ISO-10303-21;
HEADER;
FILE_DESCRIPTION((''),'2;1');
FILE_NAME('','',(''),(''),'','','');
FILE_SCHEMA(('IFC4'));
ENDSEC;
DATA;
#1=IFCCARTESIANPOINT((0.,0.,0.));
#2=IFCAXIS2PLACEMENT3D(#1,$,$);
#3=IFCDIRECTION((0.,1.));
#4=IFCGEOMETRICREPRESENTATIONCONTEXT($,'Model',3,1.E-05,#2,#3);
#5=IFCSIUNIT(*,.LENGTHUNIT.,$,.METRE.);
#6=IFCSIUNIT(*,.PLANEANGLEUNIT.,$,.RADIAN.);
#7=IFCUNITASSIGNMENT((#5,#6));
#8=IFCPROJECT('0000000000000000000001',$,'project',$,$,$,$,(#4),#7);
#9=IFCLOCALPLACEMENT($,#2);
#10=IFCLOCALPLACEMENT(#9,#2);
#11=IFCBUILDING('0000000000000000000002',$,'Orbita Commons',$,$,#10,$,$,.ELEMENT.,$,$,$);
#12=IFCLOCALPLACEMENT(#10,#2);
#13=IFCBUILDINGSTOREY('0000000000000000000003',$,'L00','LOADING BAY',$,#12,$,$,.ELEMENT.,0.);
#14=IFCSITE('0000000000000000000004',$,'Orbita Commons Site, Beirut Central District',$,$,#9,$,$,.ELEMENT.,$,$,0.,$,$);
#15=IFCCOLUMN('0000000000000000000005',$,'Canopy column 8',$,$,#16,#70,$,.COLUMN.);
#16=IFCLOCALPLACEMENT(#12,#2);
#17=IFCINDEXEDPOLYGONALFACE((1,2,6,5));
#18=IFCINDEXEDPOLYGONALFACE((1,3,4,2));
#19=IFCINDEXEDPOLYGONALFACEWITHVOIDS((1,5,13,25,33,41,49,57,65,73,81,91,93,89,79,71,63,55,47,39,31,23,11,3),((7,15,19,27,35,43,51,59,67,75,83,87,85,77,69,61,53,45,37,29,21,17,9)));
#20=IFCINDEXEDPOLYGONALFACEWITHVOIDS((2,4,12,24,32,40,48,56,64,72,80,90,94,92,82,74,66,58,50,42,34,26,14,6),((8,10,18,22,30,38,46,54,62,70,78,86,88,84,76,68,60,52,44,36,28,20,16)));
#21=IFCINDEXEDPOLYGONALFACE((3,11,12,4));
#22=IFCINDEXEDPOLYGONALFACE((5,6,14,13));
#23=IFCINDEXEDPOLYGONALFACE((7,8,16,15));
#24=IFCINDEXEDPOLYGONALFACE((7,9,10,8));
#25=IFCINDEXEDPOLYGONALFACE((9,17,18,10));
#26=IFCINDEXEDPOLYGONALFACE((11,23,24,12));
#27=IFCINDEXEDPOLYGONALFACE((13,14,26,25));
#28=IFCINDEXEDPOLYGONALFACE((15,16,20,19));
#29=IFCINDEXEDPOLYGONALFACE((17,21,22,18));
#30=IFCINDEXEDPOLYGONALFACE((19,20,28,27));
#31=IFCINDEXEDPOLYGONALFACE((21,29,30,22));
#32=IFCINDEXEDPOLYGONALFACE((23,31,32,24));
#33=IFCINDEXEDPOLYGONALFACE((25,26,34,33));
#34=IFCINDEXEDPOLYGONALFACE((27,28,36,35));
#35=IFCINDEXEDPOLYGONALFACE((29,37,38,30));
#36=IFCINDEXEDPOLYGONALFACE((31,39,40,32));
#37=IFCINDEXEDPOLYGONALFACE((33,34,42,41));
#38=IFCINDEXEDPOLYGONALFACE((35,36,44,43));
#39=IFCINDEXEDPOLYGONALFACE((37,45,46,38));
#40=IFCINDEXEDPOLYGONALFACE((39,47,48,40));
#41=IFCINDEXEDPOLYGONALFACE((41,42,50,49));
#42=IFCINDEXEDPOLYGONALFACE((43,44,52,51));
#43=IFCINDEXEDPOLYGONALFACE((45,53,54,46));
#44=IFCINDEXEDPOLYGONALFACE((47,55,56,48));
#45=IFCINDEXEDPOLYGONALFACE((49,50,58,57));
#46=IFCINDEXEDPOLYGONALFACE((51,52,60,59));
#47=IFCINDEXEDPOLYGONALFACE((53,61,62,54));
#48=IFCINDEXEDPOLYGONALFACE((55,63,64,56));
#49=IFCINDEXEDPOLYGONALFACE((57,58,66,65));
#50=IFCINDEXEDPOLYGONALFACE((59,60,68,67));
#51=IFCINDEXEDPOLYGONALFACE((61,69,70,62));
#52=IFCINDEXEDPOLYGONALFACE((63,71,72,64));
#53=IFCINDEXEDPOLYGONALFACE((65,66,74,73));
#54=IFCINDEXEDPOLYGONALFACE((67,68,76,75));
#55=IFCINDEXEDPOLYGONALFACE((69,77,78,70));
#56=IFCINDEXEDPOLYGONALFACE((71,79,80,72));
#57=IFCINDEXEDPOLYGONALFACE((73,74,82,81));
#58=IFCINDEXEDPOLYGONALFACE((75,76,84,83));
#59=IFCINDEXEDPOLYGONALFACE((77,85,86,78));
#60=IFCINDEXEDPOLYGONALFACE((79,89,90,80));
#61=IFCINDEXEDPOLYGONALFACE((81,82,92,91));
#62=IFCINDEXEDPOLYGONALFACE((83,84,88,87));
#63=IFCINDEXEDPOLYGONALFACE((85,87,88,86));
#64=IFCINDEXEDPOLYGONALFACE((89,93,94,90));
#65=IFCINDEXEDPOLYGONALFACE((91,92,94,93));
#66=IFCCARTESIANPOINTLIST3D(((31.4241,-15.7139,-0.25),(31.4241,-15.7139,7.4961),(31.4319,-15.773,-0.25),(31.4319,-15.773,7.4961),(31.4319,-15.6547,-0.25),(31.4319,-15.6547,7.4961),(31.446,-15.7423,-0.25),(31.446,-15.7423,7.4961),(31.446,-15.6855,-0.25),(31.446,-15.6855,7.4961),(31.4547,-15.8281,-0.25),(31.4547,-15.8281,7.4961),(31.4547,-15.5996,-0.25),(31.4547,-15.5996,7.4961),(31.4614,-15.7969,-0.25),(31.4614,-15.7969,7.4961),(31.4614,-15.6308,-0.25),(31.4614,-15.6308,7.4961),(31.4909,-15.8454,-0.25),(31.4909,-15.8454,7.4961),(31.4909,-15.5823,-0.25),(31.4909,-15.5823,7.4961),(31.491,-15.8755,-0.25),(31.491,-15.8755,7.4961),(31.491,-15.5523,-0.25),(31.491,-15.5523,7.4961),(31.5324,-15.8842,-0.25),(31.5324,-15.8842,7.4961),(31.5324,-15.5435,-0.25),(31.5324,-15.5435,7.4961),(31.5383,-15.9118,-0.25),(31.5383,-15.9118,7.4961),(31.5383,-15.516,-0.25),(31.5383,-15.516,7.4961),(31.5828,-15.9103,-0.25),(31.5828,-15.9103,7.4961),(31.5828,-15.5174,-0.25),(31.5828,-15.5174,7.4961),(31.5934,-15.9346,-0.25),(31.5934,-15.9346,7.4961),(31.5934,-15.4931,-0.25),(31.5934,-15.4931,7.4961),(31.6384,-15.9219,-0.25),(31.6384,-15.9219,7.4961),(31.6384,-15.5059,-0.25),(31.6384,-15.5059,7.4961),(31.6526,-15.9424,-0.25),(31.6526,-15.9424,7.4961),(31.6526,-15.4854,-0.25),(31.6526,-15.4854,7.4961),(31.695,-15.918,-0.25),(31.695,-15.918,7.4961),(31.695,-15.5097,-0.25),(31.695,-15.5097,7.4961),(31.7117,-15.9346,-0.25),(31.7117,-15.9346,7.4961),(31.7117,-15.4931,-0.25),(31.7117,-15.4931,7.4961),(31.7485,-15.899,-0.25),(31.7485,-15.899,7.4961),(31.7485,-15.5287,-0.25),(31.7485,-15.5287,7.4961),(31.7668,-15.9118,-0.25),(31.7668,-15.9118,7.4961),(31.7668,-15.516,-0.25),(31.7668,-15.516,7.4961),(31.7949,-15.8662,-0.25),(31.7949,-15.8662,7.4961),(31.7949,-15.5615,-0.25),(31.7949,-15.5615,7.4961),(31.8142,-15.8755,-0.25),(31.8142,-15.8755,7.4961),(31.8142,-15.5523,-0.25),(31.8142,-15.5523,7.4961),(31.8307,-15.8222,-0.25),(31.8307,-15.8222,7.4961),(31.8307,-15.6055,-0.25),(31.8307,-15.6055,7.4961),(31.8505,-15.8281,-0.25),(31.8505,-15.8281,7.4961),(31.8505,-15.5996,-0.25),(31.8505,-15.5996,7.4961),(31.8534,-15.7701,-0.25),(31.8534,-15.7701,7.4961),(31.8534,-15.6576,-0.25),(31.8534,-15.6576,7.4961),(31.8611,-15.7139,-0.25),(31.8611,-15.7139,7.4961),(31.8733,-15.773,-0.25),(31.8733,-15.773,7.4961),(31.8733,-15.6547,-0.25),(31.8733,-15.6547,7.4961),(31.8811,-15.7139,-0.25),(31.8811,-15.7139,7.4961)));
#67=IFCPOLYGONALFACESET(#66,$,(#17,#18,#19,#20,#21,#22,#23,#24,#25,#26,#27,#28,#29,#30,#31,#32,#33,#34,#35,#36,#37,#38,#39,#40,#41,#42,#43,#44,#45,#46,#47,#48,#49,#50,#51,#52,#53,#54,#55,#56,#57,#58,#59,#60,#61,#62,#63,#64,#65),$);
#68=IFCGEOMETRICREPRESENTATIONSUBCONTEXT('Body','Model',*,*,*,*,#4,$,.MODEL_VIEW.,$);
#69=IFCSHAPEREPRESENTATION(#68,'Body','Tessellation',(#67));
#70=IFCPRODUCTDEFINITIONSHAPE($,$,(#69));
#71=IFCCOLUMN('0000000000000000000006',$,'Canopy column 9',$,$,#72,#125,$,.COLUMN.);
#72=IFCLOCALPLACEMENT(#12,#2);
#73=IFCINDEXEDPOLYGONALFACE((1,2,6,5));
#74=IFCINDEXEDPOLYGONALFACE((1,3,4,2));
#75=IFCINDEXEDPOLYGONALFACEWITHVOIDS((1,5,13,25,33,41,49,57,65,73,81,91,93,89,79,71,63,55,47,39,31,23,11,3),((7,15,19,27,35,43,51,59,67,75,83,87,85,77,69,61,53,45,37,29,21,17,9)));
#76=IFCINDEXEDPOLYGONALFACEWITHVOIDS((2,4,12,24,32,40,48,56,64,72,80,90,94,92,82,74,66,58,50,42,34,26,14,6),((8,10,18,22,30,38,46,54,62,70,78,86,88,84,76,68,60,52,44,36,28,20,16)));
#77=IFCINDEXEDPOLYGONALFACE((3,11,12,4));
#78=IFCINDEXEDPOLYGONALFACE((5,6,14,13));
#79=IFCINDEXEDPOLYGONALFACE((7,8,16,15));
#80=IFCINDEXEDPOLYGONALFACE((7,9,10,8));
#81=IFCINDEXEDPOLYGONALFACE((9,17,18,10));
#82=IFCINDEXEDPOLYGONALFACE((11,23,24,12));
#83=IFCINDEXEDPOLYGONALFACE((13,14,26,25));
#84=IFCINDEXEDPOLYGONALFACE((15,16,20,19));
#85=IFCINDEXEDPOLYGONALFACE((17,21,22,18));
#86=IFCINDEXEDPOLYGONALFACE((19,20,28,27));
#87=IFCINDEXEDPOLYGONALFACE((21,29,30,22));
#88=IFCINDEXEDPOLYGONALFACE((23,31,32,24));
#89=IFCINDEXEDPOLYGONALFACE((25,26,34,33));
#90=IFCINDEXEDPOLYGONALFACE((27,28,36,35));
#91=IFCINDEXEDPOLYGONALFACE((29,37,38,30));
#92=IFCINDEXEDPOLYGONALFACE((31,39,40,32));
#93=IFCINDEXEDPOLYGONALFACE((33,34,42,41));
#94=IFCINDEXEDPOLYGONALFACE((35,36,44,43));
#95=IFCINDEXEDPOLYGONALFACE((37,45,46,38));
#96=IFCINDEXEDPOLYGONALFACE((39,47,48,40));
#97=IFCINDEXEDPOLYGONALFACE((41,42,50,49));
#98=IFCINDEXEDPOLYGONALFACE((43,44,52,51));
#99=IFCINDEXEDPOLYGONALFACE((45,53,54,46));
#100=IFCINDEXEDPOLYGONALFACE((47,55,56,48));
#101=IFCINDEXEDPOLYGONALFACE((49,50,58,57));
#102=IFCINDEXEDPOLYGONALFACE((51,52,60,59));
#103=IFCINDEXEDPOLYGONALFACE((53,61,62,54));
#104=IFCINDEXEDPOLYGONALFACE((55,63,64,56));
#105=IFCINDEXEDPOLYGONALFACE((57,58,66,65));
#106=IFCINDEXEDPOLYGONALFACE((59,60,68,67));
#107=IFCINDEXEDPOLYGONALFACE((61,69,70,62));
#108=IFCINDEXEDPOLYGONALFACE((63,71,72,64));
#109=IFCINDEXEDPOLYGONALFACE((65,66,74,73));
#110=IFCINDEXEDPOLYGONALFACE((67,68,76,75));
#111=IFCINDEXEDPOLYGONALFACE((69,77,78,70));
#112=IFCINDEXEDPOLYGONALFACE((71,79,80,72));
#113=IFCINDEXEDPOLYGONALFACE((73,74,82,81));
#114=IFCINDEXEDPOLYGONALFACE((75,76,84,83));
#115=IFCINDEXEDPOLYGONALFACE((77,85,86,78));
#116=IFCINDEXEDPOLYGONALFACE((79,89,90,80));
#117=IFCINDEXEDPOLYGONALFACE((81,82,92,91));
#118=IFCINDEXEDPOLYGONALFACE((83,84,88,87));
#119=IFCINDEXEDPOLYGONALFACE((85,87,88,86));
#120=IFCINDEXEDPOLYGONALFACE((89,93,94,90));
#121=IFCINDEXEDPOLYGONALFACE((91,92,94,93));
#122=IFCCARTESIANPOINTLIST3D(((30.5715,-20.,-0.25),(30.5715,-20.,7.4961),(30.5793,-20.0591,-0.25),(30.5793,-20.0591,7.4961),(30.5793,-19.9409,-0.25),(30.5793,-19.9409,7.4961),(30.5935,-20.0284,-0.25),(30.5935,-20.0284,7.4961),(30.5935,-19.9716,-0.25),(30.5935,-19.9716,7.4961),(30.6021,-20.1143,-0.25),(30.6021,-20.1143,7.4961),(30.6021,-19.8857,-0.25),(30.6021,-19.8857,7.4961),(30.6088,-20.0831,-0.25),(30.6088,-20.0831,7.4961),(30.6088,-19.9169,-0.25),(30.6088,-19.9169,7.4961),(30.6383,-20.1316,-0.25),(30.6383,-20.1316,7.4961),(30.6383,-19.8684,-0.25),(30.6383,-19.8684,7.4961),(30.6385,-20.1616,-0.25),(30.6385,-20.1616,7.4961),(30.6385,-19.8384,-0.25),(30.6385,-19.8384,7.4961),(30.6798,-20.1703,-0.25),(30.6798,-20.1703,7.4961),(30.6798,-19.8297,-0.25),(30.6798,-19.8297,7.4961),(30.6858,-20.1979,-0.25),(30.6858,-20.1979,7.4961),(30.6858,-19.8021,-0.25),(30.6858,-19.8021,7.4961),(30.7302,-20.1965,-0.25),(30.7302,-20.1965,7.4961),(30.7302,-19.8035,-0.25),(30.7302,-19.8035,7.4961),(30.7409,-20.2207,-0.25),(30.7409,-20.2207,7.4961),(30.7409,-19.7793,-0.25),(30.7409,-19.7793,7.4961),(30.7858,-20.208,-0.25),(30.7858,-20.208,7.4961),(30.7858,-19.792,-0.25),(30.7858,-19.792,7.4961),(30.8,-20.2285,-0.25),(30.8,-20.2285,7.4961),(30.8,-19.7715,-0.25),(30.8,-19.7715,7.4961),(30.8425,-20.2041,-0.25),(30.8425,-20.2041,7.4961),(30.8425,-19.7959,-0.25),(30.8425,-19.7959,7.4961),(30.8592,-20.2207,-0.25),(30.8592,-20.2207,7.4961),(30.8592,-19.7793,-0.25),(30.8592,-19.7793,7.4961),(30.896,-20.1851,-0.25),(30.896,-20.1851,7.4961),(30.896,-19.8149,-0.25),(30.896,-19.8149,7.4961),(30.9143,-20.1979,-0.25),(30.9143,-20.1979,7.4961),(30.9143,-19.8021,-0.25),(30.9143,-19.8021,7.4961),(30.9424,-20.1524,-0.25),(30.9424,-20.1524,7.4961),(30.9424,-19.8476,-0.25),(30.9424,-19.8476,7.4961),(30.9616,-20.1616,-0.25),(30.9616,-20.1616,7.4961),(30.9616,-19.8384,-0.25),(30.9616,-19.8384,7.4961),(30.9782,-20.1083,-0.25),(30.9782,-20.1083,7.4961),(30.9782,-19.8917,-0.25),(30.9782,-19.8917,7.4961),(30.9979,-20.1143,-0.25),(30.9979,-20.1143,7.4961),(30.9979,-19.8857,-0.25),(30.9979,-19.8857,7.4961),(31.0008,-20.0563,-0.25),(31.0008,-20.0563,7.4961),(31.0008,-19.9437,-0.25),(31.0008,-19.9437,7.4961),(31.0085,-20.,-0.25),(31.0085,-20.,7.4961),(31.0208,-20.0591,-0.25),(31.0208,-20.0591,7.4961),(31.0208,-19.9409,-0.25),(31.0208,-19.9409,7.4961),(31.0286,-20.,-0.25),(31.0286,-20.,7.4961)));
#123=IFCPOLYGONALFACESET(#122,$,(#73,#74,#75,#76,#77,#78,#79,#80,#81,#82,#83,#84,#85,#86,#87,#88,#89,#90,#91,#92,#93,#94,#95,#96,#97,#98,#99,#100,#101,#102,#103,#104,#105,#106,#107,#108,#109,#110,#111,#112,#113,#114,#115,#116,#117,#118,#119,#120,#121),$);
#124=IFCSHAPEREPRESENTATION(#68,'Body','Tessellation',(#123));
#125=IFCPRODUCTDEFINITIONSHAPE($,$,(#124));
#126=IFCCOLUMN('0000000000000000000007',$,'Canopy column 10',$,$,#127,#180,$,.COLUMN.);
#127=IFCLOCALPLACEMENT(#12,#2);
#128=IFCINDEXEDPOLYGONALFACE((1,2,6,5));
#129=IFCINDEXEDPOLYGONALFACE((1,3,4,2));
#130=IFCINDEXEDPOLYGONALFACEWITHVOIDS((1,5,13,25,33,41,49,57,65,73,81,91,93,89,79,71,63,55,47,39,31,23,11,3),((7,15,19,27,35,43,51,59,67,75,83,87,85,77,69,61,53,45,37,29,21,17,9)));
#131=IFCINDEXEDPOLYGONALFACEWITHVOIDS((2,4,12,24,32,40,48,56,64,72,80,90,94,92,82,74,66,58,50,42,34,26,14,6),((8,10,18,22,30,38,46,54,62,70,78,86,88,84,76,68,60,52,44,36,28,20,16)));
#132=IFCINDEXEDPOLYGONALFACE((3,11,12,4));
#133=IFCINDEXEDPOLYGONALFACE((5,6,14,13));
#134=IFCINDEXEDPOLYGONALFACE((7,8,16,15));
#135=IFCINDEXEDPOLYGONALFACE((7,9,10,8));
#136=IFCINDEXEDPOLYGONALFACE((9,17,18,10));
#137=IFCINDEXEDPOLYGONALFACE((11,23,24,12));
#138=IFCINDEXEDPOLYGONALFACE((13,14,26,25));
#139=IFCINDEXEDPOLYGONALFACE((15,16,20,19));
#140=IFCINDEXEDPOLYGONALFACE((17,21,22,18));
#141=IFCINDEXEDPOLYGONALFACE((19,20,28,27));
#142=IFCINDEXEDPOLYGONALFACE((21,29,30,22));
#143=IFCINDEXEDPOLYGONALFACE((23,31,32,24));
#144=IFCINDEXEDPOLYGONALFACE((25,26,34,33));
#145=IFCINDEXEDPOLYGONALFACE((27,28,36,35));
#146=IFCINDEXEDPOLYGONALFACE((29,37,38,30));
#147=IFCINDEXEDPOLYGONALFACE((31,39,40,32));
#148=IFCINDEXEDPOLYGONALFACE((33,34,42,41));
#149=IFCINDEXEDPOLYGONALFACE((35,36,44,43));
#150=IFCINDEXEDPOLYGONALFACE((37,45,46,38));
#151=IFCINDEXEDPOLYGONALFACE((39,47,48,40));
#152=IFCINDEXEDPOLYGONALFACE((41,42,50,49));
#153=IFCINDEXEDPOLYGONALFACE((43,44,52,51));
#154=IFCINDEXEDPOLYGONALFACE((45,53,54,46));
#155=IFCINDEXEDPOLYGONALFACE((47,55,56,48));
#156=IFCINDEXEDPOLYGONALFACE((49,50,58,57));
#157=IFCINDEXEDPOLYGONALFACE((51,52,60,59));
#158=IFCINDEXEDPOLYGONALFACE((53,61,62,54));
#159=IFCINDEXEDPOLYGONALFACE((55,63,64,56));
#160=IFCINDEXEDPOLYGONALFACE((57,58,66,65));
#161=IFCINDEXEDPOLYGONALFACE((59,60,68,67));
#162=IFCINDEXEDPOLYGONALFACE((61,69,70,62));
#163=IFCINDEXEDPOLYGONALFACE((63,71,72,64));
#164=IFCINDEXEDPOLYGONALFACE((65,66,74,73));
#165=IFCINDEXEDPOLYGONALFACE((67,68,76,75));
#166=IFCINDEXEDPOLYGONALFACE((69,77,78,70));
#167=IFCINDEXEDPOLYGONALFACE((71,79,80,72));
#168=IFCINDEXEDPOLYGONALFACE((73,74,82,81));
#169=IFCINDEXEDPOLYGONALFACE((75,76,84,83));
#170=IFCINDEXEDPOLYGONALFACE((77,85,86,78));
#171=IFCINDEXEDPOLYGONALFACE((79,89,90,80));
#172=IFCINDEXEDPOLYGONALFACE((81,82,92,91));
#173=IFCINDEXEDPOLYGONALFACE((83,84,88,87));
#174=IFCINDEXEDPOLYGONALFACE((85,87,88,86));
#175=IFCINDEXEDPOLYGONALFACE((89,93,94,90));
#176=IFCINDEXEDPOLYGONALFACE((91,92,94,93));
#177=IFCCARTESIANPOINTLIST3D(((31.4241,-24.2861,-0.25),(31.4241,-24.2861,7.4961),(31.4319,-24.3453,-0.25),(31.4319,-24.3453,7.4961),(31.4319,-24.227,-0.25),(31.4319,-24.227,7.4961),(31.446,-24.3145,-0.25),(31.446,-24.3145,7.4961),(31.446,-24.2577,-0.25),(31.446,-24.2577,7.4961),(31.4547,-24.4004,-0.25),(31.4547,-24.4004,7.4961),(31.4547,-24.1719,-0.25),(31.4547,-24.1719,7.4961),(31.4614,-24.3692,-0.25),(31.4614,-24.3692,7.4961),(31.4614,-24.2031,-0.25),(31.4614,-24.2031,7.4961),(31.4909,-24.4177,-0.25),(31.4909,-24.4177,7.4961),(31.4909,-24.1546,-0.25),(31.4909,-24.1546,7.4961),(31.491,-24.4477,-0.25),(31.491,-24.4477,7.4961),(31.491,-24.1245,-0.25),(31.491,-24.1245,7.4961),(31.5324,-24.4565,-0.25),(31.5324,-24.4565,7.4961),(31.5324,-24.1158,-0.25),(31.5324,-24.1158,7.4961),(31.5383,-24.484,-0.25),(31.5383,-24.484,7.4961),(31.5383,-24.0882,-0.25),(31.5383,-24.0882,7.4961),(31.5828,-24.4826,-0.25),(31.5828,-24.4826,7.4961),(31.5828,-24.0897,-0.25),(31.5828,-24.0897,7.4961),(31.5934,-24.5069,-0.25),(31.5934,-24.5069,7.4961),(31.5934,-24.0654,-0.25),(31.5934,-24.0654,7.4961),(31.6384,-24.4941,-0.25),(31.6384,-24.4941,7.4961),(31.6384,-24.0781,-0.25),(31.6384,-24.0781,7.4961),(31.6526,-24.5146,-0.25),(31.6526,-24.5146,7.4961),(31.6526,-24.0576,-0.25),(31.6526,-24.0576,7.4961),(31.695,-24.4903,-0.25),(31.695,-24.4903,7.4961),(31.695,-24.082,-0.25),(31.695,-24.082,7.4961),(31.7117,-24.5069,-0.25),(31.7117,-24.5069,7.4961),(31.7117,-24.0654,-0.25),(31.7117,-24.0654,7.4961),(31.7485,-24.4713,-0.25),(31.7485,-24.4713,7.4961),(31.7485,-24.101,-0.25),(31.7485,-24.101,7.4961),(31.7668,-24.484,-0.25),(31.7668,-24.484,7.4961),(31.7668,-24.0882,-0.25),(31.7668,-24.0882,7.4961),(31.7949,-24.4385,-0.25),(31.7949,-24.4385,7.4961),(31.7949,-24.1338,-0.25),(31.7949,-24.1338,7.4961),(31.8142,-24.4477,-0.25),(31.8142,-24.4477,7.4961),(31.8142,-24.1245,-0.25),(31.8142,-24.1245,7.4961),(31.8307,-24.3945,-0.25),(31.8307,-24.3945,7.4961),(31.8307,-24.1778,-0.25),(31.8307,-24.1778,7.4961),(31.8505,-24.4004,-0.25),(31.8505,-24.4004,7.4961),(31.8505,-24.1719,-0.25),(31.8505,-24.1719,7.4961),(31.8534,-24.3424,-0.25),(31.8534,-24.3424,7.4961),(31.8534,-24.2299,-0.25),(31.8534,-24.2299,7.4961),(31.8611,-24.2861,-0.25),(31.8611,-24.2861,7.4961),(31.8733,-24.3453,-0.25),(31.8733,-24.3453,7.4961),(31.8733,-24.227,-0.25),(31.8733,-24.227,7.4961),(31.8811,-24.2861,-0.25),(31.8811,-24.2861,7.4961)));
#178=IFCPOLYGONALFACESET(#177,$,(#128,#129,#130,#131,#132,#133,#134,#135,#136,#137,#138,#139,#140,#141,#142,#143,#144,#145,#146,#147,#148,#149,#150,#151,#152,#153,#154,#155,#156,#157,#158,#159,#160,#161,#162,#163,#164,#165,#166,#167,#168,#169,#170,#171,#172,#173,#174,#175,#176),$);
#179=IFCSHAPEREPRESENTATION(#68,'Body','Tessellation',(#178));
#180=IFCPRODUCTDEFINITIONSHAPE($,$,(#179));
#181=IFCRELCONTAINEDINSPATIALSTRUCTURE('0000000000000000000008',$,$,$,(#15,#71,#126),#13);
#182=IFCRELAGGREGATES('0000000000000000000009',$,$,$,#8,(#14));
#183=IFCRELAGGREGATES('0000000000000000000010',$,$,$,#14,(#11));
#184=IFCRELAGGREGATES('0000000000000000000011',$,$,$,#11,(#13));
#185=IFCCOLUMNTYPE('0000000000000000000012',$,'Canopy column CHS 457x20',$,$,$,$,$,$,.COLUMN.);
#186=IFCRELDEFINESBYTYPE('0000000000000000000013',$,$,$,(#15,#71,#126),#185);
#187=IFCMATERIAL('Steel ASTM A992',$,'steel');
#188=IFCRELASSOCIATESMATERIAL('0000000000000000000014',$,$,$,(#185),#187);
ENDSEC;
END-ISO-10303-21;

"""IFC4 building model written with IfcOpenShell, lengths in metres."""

from ifc_helpers import new_model, si_unit, direction, frame, origin, origin_2d, place, context, subcontext, project, spatial, hollow_circle, extrude, material, material_profile, profile_set, type_object, element, save


model = new_model("IFC4")

# Units and contexts
model_context = context("Model", 3, precision=1e-05, world=origin(), true_north=direction((0.0, 1.0)))
body_context = subcontext(model_context, "Body", "Model", "MODEL_VIEW")
ifc_project = project(units=[si_unit("LENGTHUNIT", "METRE"), si_unit("PLANEANGLEUNIT", "RADIAN")], contexts=[model_context])

# Site, building, storey
site_placement = place(None, origin())
site = spatial("IfcSite", under=ifc_project, at=site_placement, Name="Orbita Commons Site, Beirut Central District", CompositionType="ELEMENT", RefElevation=0.0)
building_placement = place(site_placement, origin())
building = spatial("IfcBuilding", under=site, at=building_placement, Name="Orbita Commons", CompositionType="ELEMENT")
storey_placement = place(building_placement, origin())
storey = spatial("IfcBuildingStorey", under=building, at=storey_placement, Name="L00", Description="LOADING BAY", CompositionType="ELEMENT", Elevation=0.0)

# Columns
ifc_material_1 = material(Name="Steel ASTM A992", Category="steel")
ifc_material_profile_1 = material_profile(ifc_material_1, hollow_circle(Radius=0.2285, WallThickness=0.02, at=origin_2d()), Name="CHS 457x20")
ifc_profile_set_1 = profile_set([ifc_material_profile_1], Name="Steel ASTM A992")
column_type = type_object("IfcColumnType", Name="Canopy column CHS 457x20", PredefinedType="COLUMN", material=ifc_profile_set_1)
for number, where, z_axis, x_axis, name in (
    (1, (31.6526, -15.7139, -0.25), (0.0, 0.0, 1.0), (1.0, 0.0, 0.0), "Canopy column 8"),
    (2, (30.8, -20.0, -0.25), (0.0, 0.0, 1.0), (1.0, 0.0, 0.0), "Canopy column 9"),
    (3, (31.6526, -24.2861, -0.25), (0.0, 0.0, 1.0), (1.0, 0.0, 0.0), "Canopy column 10"),
):
    element("IfcColumn", number, at=place(storey_placement, frame(where, z_axis=z_axis, x_axis=x_axis)), inside=storey, type_object=column_type, Name=name, PredefinedType="COLUMN", context=body_context, shape_type="SweptSolid", body=[
        extrude(hollow_circle(Radius=0.2285, WallThickness=0.02, at=origin_2d()), origin(), (0.0, 0.0, 1.0), 7.7461),
    ])

save(model, "model.ifc")
